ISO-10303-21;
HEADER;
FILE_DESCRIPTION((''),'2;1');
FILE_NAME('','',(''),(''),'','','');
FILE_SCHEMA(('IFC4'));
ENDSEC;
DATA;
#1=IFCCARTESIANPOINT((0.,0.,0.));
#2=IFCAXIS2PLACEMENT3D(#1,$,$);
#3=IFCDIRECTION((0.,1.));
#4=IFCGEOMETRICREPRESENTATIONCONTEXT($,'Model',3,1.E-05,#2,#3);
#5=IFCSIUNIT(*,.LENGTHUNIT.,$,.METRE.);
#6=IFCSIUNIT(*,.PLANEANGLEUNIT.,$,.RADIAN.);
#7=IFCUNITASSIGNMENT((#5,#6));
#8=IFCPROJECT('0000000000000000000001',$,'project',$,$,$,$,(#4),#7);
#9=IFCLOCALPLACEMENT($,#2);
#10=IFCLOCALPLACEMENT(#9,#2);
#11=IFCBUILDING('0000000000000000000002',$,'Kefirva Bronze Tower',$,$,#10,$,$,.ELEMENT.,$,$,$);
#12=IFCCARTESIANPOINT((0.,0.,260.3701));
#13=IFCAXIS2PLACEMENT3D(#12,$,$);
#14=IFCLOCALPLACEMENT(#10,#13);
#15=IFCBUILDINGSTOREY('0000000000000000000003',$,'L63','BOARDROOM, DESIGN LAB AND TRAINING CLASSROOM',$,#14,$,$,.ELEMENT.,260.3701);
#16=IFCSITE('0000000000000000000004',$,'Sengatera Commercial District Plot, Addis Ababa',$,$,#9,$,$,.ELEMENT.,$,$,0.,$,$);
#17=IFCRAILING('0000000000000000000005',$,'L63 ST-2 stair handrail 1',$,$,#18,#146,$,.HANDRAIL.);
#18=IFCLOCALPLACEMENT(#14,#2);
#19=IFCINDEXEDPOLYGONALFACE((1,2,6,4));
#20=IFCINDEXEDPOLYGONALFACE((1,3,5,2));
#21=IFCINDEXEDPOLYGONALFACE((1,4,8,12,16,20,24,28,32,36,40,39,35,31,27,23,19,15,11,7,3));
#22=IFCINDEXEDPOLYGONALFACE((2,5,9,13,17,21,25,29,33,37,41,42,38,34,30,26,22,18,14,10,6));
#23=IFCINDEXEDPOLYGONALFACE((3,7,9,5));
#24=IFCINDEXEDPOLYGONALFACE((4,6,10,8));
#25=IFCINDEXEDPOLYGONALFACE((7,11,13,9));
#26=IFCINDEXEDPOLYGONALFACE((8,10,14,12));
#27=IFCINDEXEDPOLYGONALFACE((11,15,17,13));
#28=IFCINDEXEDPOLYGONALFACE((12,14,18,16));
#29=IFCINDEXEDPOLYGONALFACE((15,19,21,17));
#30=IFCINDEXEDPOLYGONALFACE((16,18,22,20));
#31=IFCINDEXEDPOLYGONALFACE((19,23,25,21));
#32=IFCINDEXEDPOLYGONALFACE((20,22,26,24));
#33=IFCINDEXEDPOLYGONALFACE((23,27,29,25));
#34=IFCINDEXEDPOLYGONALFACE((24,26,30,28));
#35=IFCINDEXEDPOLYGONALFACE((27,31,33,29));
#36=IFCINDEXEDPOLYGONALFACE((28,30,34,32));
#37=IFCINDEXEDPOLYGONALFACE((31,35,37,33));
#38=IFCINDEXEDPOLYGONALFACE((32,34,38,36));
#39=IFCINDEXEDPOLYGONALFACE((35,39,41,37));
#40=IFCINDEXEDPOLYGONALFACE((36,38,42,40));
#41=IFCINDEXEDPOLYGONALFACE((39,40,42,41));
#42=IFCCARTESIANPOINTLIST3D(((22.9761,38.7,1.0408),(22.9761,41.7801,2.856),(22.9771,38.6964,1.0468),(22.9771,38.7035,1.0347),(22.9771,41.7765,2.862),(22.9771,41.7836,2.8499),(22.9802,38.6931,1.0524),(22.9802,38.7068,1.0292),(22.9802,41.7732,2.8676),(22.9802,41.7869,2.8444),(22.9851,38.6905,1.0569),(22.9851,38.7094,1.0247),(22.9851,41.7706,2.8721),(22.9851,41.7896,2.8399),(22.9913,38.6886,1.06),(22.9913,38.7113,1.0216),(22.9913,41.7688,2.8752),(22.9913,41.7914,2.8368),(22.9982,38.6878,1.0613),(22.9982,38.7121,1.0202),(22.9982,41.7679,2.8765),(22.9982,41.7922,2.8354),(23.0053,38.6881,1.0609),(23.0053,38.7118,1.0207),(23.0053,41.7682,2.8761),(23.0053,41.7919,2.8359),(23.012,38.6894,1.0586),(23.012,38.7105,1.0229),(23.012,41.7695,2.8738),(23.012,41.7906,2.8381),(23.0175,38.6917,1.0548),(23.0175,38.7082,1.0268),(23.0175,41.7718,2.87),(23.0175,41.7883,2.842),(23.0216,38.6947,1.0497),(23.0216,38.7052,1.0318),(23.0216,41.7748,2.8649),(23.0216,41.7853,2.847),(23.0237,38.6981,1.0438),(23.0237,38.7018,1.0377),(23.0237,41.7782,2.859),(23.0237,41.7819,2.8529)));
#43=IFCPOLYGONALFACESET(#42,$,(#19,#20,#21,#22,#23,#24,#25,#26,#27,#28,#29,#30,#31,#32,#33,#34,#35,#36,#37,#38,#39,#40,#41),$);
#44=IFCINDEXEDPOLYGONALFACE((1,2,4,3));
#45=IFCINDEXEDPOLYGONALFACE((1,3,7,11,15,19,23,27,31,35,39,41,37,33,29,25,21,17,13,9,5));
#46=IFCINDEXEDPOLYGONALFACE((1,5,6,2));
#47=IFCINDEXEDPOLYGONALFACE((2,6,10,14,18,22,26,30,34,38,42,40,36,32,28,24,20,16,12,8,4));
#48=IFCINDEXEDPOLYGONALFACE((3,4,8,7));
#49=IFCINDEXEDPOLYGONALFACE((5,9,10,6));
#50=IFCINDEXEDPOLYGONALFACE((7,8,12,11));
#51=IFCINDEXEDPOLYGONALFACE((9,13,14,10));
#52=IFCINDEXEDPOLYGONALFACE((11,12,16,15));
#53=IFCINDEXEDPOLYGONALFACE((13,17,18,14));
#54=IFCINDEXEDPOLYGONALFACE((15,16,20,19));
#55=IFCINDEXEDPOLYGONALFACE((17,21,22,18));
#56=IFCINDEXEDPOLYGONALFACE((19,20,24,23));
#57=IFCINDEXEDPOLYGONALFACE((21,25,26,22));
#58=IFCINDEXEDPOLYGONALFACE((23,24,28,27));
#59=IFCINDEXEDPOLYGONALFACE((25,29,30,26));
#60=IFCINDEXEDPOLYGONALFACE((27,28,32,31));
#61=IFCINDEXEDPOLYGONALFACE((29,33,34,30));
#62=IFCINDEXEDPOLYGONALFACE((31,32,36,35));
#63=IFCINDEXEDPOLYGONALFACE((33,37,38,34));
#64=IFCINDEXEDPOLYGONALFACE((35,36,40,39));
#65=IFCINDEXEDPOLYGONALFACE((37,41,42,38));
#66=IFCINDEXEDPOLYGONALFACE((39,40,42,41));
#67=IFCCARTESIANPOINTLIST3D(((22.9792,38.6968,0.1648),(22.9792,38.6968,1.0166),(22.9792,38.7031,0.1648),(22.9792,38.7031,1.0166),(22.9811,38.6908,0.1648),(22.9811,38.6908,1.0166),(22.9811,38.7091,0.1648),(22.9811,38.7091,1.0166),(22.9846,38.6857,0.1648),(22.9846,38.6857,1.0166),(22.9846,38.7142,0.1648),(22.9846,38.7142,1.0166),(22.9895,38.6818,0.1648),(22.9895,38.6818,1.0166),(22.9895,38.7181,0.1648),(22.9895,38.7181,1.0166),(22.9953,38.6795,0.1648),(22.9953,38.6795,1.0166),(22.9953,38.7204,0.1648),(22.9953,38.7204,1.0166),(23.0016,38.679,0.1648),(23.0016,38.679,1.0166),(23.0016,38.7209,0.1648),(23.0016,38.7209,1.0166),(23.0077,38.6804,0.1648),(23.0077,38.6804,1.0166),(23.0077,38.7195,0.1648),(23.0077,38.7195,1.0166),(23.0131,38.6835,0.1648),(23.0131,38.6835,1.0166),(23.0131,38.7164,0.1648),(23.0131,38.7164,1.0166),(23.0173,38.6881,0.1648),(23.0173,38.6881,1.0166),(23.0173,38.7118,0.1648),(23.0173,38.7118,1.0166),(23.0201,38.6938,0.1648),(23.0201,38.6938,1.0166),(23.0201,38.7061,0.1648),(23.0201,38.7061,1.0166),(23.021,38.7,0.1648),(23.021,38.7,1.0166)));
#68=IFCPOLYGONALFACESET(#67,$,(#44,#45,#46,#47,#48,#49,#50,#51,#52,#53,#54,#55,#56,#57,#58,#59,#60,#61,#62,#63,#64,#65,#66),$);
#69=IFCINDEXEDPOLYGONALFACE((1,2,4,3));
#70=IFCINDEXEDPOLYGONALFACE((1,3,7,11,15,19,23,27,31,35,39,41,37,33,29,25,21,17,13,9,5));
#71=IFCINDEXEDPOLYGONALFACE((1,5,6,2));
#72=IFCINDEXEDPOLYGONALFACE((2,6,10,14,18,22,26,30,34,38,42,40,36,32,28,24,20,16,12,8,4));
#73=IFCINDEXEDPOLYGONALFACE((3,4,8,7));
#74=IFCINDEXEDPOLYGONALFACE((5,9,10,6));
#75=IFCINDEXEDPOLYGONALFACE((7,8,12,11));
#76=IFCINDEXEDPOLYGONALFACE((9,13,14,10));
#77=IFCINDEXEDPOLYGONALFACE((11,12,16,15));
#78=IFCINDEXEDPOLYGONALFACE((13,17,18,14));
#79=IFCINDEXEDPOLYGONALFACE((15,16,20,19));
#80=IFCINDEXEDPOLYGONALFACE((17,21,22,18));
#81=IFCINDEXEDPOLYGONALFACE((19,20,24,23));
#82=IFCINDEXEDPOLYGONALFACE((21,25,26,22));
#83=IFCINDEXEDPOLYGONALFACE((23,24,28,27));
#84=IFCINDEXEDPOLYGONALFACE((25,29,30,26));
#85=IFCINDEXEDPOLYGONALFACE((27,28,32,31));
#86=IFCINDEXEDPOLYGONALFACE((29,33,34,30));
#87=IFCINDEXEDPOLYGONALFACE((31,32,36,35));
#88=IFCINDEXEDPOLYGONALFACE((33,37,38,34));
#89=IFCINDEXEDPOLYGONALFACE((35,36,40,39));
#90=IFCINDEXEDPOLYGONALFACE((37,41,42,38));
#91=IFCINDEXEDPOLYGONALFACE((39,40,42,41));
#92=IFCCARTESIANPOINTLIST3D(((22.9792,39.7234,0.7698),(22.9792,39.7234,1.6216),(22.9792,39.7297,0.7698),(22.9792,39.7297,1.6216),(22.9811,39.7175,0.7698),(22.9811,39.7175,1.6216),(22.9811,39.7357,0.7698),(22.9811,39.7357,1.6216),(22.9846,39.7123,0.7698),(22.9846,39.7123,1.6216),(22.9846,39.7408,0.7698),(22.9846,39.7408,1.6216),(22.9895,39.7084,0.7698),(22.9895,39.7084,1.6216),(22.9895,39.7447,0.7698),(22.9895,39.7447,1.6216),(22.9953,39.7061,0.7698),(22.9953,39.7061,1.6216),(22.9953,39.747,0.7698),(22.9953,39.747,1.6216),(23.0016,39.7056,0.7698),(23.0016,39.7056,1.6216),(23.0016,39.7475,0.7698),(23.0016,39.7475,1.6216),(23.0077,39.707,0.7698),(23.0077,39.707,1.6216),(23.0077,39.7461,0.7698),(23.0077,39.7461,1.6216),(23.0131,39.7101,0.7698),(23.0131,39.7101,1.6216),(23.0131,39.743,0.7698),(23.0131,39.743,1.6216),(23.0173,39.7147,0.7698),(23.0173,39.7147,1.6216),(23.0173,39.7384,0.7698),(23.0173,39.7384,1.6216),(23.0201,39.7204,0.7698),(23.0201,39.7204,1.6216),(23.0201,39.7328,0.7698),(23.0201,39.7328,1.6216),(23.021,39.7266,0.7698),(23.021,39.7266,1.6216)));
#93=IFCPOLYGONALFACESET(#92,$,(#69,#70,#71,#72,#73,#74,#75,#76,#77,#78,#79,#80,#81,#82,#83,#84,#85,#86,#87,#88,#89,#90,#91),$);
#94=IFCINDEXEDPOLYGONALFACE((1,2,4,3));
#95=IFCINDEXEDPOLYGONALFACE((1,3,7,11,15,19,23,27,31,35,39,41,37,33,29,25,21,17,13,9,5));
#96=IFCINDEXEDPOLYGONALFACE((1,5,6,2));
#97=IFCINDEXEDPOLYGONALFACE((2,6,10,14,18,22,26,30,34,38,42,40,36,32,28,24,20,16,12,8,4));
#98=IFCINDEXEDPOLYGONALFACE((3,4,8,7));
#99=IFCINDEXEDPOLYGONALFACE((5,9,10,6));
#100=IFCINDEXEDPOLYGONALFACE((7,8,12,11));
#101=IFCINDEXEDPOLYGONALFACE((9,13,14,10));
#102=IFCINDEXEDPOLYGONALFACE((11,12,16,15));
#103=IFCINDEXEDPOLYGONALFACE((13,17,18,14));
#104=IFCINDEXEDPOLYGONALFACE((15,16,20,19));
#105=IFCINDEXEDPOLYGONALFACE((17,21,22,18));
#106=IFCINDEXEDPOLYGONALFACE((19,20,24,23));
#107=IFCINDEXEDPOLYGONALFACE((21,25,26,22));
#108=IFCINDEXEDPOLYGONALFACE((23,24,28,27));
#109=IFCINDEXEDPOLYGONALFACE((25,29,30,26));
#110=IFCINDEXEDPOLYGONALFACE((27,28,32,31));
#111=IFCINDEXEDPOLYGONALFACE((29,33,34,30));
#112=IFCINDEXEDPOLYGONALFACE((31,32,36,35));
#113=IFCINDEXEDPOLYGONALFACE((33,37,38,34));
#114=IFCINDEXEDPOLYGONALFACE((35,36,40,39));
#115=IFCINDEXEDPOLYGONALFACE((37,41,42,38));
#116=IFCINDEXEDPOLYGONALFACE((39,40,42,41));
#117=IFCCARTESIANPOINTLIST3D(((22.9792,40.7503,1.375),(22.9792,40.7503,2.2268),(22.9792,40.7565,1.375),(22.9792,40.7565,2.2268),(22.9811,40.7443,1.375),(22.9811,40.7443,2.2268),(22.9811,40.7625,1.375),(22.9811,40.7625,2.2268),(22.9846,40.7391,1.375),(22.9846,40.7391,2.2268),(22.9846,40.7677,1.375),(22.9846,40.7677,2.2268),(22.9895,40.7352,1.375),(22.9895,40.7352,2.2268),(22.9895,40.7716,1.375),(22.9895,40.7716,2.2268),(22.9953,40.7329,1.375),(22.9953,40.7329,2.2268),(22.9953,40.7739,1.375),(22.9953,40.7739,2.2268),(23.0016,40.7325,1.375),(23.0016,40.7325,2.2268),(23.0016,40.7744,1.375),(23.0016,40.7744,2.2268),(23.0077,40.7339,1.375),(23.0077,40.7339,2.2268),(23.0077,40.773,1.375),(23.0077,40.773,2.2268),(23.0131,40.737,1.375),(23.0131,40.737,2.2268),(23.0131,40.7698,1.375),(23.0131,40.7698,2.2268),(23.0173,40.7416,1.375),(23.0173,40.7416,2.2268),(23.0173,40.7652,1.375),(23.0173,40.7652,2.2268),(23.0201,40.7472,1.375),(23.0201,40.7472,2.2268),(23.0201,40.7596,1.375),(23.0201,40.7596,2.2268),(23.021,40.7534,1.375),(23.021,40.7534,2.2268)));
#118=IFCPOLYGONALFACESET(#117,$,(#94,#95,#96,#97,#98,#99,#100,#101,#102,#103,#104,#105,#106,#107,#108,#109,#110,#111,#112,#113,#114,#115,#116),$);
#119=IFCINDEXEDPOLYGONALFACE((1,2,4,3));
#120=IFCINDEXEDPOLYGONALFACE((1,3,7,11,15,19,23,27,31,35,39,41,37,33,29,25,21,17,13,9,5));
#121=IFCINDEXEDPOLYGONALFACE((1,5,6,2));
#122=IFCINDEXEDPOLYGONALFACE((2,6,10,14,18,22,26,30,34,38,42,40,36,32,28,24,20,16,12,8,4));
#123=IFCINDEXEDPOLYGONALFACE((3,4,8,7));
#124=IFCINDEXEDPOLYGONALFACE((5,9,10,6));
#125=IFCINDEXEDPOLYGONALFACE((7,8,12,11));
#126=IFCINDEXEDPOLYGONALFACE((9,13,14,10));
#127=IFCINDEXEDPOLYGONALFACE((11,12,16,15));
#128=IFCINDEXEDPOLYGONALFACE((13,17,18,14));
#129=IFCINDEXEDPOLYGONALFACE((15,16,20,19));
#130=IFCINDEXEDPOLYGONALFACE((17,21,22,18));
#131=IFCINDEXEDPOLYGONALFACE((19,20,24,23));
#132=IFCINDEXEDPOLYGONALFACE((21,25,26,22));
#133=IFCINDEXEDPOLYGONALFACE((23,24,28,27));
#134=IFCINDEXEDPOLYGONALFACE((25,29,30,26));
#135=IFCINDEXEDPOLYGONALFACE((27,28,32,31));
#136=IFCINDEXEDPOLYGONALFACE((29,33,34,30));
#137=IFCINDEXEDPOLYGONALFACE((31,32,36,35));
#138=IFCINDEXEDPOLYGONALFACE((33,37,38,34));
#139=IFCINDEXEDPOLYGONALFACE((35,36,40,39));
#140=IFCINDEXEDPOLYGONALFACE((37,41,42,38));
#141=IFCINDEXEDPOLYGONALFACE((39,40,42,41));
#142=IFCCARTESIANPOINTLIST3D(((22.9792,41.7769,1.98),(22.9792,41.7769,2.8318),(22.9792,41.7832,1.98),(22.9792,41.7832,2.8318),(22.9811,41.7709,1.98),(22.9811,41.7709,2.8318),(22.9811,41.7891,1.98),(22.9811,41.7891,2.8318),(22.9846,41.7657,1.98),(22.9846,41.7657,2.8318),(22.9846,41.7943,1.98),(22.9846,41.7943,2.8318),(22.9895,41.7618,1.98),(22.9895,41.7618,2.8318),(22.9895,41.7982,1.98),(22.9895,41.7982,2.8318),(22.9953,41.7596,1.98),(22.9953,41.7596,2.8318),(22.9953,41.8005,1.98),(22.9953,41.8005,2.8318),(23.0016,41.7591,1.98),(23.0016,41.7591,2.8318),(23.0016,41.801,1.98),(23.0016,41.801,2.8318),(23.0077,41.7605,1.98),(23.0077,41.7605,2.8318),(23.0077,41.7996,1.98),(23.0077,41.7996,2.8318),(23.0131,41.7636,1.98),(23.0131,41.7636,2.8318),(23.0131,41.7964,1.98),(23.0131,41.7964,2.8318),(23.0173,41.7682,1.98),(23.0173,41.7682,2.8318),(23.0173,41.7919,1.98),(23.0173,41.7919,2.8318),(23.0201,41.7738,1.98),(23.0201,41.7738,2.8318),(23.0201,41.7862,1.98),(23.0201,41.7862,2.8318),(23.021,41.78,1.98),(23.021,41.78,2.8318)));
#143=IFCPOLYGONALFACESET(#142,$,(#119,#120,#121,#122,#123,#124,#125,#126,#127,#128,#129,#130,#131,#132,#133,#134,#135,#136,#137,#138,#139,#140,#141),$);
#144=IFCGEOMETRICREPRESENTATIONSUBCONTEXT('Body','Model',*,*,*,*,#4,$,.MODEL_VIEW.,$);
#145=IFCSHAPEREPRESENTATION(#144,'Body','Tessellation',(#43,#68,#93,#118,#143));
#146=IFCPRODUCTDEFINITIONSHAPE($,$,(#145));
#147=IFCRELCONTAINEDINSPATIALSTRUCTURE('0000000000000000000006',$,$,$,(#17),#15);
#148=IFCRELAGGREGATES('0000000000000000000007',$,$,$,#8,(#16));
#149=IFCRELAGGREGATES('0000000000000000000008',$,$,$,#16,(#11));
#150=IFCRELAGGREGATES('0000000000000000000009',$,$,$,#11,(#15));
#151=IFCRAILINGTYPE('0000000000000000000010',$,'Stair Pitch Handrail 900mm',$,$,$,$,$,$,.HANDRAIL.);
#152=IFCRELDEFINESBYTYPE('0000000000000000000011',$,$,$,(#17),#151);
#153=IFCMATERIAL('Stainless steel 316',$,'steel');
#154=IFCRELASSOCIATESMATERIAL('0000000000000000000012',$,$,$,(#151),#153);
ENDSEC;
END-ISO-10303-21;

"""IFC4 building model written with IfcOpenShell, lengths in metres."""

from ifc_helpers import new_model, si_unit, direction, frame, origin, origin_2d, place, context, subcontext, project, spatial, circle, extrude, material, type_object, element, save


model = new_model("IFC4")

# Units and contexts
model_context = context("Model", 3, precision=1e-05, world=origin(), true_north=direction((0.0, 1.0)))
body_context = subcontext(model_context, "Body", "Model", "MODEL_VIEW")
ifc_project = project(units=[si_unit("LENGTHUNIT", "METRE"), si_unit("PLANEANGLEUNIT", "RADIAN")], contexts=[model_context])

# Site, building, storey
site_placement = place(None, origin())
site = spatial("IfcSite", under=ifc_project, at=site_placement, Name="Sengatera Commercial District Plot, Addis Ababa", CompositionType="ELEMENT", RefElevation=0.0)
building_placement = place(site_placement, origin())
building = spatial("IfcBuilding", under=site, at=building_placement, Name="Kefirva Bronze Tower", CompositionType="ELEMENT")
storey_placement = place(building_placement, frame((0.0, 0.0, 260.3701)))
storey = spatial("IfcBuildingStorey", under=building, at=storey_placement, Name="L63", Description="BOARDROOM, DESIGN LAB AND TRAINING CLASSROOM", CompositionType="ELEMENT", Elevation=260.3701)

# Railing
ifc_material_1 = material(Name="Stainless steel 316", Category="steel")
railing_type_1 = type_object("IfcRailingType", Name="Stair Pitch Handrail 900mm", PredefinedType="HANDRAIL", material=ifc_material_1)
railing_1_placement = place(storey_placement, frame((23.0, 38.7, 0.1648)))
element("IfcRailing", 1, at=railing_1_placement, inside=storey, type_object=railing_type_1, Name="L63 ST-2 stair handrail 1", PredefinedType="HANDRAIL", context=body_context, shape_type="SweptSolid", body=[
    extrude(circle(Radius=0.0239, at=origin_2d()), frame((0.0, 0.0, 0.876), z_axis=(0.0, 0.861521, 0.507721), x_axis=(-1.0, 0.0, 0.0)), (0.0, 0.0, 1.0), 3.5752),
    extrude(circle(Radius=0.021, at=origin_2d()), origin(), (0.0, 0.0, 1.0), 0.8518),
    extrude(circle(Radius=0.021, at=origin_2d()), frame((0.0, 1.0266, 0.605)), (0.0, 0.0, 1.0), 0.8518),
    extrude(circle(Radius=0.021, at=origin_2d()), frame((0.0, 2.0535, 1.2102)), (0.0, 0.0, 1.0), 0.8518),
    extrude(circle(Radius=0.021, at=origin_2d()), frame((0.0, 3.0801, 1.8152)), (0.0, 0.0, 1.0), 0.8518),
])

save(model, "model.ifc")
